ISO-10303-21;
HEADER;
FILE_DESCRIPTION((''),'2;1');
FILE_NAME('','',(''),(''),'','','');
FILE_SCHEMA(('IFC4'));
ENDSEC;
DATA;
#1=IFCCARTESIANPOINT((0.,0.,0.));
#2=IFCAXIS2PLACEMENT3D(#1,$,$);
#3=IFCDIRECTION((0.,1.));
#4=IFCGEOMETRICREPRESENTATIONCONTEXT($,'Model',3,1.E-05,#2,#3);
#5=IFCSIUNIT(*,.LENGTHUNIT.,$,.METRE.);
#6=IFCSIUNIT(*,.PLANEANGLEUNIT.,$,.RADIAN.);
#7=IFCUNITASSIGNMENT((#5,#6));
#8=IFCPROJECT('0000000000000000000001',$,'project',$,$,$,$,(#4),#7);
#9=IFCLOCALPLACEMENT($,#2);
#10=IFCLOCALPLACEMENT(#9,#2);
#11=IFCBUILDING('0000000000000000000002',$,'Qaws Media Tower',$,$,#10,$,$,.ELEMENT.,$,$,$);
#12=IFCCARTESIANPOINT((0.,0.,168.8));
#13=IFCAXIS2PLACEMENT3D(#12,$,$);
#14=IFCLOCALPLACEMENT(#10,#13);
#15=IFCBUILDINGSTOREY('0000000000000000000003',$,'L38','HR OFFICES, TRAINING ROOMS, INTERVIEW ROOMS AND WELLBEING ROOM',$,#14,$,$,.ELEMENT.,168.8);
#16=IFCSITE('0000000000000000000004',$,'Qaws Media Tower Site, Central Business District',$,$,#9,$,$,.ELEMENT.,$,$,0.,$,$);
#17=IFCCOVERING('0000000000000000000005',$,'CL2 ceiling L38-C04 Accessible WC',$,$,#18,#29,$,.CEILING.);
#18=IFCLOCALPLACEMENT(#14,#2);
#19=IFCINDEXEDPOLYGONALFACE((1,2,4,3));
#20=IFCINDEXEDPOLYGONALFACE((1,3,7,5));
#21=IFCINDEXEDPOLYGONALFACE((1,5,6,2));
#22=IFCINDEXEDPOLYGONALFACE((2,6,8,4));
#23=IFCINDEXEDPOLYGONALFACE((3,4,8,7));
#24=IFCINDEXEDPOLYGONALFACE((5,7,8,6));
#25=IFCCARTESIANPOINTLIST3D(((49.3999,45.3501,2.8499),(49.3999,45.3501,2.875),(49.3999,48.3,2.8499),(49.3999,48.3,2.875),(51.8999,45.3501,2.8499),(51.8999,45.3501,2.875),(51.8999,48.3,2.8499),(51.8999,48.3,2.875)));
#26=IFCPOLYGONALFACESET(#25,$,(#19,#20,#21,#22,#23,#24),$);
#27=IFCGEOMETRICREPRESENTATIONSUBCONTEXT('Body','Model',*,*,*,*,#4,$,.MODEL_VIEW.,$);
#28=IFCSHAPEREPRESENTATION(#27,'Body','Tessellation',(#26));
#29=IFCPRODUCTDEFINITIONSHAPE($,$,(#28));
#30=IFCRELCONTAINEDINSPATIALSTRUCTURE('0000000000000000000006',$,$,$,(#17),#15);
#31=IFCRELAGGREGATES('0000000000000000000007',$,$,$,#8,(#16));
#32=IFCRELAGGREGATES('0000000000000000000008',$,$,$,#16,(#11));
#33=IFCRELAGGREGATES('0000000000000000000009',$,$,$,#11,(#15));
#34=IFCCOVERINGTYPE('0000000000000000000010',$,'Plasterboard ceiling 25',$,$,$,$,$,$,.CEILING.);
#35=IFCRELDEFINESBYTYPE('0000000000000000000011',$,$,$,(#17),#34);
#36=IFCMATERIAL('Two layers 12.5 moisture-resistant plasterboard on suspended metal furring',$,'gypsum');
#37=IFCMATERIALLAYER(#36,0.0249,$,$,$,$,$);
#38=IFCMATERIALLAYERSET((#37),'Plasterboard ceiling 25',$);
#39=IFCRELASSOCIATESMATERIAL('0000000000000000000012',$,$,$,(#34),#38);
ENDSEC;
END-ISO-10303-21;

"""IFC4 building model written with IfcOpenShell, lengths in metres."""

from ifc_helpers import new_model, si_unit, direction, frame, origin, place, context, subcontext, project, spatial, polyline, outline, extrude, material, layer, layer_set, type_object, element, save


model = new_model("IFC4")

# Units and contexts
model_context = context("Model", 3, precision=1e-05, world=origin(), true_north=direction((0.0, 1.0)))
body_context = subcontext(model_context, "Body", "Model", "MODEL_VIEW")
ifc_project = project(units=[si_unit("LENGTHUNIT", "METRE"), si_unit("PLANEANGLEUNIT", "RADIAN")], contexts=[model_context])

# Site, building, storey
site_placement = place(None, origin())
site = spatial("IfcSite", under=ifc_project, at=site_placement, Name="Qaws Media Tower Site, Central Business District", CompositionType="ELEMENT", RefElevation=0.0)
building_placement = place(site_placement, origin())
building = spatial("IfcBuilding", under=site, at=building_placement, Name="Qaws Media Tower", CompositionType="ELEMENT")
storey_placement = place(building_placement, frame((0.0, 0.0, 168.8)))
storey = spatial("IfcBuildingStorey", under=building, at=storey_placement, Name="L38", Description="HR OFFICES, TRAINING ROOMS, INTERVIEW ROOMS AND WELLBEING ROOM", CompositionType="ELEMENT", Elevation=168.8)

# Covering
ifc_material_1 = material(Name="Two layers 12.5 moisture-resistant plasterboard on suspended metal furring", Category="gypsum")
ifc_layer_1 = layer(ifc_material_1, 0.0249)
ifc_layer_set_1 = layer_set([ifc_layer_1], Name="Plasterboard ceiling 25")
covering_type_1 = type_object("IfcCoveringType", Name="Plasterboard ceiling 25", PredefinedType="CEILING", material=ifc_layer_set_1)
covering_1_placement = place(storey_placement, frame((0.0, 0.0, 2.8499)))
element("IfcCovering", 1, at=covering_1_placement, inside=storey, type_object=covering_type_1, Name="CL2 ceiling L38-C04 Accessible WC", PredefinedType="CEILING", context=body_context, shape_type="SweptSolid", body=[
    extrude(outline(polyline([(49.3999, 45.3501), (49.3999, 48.3), (51.8999, 48.3), (51.8999, 45.3501), (49.3999, 45.3501)])), origin(), (0.0, 0.0, 1.0), 0.0251),
])

save(model, "model.ifc")
